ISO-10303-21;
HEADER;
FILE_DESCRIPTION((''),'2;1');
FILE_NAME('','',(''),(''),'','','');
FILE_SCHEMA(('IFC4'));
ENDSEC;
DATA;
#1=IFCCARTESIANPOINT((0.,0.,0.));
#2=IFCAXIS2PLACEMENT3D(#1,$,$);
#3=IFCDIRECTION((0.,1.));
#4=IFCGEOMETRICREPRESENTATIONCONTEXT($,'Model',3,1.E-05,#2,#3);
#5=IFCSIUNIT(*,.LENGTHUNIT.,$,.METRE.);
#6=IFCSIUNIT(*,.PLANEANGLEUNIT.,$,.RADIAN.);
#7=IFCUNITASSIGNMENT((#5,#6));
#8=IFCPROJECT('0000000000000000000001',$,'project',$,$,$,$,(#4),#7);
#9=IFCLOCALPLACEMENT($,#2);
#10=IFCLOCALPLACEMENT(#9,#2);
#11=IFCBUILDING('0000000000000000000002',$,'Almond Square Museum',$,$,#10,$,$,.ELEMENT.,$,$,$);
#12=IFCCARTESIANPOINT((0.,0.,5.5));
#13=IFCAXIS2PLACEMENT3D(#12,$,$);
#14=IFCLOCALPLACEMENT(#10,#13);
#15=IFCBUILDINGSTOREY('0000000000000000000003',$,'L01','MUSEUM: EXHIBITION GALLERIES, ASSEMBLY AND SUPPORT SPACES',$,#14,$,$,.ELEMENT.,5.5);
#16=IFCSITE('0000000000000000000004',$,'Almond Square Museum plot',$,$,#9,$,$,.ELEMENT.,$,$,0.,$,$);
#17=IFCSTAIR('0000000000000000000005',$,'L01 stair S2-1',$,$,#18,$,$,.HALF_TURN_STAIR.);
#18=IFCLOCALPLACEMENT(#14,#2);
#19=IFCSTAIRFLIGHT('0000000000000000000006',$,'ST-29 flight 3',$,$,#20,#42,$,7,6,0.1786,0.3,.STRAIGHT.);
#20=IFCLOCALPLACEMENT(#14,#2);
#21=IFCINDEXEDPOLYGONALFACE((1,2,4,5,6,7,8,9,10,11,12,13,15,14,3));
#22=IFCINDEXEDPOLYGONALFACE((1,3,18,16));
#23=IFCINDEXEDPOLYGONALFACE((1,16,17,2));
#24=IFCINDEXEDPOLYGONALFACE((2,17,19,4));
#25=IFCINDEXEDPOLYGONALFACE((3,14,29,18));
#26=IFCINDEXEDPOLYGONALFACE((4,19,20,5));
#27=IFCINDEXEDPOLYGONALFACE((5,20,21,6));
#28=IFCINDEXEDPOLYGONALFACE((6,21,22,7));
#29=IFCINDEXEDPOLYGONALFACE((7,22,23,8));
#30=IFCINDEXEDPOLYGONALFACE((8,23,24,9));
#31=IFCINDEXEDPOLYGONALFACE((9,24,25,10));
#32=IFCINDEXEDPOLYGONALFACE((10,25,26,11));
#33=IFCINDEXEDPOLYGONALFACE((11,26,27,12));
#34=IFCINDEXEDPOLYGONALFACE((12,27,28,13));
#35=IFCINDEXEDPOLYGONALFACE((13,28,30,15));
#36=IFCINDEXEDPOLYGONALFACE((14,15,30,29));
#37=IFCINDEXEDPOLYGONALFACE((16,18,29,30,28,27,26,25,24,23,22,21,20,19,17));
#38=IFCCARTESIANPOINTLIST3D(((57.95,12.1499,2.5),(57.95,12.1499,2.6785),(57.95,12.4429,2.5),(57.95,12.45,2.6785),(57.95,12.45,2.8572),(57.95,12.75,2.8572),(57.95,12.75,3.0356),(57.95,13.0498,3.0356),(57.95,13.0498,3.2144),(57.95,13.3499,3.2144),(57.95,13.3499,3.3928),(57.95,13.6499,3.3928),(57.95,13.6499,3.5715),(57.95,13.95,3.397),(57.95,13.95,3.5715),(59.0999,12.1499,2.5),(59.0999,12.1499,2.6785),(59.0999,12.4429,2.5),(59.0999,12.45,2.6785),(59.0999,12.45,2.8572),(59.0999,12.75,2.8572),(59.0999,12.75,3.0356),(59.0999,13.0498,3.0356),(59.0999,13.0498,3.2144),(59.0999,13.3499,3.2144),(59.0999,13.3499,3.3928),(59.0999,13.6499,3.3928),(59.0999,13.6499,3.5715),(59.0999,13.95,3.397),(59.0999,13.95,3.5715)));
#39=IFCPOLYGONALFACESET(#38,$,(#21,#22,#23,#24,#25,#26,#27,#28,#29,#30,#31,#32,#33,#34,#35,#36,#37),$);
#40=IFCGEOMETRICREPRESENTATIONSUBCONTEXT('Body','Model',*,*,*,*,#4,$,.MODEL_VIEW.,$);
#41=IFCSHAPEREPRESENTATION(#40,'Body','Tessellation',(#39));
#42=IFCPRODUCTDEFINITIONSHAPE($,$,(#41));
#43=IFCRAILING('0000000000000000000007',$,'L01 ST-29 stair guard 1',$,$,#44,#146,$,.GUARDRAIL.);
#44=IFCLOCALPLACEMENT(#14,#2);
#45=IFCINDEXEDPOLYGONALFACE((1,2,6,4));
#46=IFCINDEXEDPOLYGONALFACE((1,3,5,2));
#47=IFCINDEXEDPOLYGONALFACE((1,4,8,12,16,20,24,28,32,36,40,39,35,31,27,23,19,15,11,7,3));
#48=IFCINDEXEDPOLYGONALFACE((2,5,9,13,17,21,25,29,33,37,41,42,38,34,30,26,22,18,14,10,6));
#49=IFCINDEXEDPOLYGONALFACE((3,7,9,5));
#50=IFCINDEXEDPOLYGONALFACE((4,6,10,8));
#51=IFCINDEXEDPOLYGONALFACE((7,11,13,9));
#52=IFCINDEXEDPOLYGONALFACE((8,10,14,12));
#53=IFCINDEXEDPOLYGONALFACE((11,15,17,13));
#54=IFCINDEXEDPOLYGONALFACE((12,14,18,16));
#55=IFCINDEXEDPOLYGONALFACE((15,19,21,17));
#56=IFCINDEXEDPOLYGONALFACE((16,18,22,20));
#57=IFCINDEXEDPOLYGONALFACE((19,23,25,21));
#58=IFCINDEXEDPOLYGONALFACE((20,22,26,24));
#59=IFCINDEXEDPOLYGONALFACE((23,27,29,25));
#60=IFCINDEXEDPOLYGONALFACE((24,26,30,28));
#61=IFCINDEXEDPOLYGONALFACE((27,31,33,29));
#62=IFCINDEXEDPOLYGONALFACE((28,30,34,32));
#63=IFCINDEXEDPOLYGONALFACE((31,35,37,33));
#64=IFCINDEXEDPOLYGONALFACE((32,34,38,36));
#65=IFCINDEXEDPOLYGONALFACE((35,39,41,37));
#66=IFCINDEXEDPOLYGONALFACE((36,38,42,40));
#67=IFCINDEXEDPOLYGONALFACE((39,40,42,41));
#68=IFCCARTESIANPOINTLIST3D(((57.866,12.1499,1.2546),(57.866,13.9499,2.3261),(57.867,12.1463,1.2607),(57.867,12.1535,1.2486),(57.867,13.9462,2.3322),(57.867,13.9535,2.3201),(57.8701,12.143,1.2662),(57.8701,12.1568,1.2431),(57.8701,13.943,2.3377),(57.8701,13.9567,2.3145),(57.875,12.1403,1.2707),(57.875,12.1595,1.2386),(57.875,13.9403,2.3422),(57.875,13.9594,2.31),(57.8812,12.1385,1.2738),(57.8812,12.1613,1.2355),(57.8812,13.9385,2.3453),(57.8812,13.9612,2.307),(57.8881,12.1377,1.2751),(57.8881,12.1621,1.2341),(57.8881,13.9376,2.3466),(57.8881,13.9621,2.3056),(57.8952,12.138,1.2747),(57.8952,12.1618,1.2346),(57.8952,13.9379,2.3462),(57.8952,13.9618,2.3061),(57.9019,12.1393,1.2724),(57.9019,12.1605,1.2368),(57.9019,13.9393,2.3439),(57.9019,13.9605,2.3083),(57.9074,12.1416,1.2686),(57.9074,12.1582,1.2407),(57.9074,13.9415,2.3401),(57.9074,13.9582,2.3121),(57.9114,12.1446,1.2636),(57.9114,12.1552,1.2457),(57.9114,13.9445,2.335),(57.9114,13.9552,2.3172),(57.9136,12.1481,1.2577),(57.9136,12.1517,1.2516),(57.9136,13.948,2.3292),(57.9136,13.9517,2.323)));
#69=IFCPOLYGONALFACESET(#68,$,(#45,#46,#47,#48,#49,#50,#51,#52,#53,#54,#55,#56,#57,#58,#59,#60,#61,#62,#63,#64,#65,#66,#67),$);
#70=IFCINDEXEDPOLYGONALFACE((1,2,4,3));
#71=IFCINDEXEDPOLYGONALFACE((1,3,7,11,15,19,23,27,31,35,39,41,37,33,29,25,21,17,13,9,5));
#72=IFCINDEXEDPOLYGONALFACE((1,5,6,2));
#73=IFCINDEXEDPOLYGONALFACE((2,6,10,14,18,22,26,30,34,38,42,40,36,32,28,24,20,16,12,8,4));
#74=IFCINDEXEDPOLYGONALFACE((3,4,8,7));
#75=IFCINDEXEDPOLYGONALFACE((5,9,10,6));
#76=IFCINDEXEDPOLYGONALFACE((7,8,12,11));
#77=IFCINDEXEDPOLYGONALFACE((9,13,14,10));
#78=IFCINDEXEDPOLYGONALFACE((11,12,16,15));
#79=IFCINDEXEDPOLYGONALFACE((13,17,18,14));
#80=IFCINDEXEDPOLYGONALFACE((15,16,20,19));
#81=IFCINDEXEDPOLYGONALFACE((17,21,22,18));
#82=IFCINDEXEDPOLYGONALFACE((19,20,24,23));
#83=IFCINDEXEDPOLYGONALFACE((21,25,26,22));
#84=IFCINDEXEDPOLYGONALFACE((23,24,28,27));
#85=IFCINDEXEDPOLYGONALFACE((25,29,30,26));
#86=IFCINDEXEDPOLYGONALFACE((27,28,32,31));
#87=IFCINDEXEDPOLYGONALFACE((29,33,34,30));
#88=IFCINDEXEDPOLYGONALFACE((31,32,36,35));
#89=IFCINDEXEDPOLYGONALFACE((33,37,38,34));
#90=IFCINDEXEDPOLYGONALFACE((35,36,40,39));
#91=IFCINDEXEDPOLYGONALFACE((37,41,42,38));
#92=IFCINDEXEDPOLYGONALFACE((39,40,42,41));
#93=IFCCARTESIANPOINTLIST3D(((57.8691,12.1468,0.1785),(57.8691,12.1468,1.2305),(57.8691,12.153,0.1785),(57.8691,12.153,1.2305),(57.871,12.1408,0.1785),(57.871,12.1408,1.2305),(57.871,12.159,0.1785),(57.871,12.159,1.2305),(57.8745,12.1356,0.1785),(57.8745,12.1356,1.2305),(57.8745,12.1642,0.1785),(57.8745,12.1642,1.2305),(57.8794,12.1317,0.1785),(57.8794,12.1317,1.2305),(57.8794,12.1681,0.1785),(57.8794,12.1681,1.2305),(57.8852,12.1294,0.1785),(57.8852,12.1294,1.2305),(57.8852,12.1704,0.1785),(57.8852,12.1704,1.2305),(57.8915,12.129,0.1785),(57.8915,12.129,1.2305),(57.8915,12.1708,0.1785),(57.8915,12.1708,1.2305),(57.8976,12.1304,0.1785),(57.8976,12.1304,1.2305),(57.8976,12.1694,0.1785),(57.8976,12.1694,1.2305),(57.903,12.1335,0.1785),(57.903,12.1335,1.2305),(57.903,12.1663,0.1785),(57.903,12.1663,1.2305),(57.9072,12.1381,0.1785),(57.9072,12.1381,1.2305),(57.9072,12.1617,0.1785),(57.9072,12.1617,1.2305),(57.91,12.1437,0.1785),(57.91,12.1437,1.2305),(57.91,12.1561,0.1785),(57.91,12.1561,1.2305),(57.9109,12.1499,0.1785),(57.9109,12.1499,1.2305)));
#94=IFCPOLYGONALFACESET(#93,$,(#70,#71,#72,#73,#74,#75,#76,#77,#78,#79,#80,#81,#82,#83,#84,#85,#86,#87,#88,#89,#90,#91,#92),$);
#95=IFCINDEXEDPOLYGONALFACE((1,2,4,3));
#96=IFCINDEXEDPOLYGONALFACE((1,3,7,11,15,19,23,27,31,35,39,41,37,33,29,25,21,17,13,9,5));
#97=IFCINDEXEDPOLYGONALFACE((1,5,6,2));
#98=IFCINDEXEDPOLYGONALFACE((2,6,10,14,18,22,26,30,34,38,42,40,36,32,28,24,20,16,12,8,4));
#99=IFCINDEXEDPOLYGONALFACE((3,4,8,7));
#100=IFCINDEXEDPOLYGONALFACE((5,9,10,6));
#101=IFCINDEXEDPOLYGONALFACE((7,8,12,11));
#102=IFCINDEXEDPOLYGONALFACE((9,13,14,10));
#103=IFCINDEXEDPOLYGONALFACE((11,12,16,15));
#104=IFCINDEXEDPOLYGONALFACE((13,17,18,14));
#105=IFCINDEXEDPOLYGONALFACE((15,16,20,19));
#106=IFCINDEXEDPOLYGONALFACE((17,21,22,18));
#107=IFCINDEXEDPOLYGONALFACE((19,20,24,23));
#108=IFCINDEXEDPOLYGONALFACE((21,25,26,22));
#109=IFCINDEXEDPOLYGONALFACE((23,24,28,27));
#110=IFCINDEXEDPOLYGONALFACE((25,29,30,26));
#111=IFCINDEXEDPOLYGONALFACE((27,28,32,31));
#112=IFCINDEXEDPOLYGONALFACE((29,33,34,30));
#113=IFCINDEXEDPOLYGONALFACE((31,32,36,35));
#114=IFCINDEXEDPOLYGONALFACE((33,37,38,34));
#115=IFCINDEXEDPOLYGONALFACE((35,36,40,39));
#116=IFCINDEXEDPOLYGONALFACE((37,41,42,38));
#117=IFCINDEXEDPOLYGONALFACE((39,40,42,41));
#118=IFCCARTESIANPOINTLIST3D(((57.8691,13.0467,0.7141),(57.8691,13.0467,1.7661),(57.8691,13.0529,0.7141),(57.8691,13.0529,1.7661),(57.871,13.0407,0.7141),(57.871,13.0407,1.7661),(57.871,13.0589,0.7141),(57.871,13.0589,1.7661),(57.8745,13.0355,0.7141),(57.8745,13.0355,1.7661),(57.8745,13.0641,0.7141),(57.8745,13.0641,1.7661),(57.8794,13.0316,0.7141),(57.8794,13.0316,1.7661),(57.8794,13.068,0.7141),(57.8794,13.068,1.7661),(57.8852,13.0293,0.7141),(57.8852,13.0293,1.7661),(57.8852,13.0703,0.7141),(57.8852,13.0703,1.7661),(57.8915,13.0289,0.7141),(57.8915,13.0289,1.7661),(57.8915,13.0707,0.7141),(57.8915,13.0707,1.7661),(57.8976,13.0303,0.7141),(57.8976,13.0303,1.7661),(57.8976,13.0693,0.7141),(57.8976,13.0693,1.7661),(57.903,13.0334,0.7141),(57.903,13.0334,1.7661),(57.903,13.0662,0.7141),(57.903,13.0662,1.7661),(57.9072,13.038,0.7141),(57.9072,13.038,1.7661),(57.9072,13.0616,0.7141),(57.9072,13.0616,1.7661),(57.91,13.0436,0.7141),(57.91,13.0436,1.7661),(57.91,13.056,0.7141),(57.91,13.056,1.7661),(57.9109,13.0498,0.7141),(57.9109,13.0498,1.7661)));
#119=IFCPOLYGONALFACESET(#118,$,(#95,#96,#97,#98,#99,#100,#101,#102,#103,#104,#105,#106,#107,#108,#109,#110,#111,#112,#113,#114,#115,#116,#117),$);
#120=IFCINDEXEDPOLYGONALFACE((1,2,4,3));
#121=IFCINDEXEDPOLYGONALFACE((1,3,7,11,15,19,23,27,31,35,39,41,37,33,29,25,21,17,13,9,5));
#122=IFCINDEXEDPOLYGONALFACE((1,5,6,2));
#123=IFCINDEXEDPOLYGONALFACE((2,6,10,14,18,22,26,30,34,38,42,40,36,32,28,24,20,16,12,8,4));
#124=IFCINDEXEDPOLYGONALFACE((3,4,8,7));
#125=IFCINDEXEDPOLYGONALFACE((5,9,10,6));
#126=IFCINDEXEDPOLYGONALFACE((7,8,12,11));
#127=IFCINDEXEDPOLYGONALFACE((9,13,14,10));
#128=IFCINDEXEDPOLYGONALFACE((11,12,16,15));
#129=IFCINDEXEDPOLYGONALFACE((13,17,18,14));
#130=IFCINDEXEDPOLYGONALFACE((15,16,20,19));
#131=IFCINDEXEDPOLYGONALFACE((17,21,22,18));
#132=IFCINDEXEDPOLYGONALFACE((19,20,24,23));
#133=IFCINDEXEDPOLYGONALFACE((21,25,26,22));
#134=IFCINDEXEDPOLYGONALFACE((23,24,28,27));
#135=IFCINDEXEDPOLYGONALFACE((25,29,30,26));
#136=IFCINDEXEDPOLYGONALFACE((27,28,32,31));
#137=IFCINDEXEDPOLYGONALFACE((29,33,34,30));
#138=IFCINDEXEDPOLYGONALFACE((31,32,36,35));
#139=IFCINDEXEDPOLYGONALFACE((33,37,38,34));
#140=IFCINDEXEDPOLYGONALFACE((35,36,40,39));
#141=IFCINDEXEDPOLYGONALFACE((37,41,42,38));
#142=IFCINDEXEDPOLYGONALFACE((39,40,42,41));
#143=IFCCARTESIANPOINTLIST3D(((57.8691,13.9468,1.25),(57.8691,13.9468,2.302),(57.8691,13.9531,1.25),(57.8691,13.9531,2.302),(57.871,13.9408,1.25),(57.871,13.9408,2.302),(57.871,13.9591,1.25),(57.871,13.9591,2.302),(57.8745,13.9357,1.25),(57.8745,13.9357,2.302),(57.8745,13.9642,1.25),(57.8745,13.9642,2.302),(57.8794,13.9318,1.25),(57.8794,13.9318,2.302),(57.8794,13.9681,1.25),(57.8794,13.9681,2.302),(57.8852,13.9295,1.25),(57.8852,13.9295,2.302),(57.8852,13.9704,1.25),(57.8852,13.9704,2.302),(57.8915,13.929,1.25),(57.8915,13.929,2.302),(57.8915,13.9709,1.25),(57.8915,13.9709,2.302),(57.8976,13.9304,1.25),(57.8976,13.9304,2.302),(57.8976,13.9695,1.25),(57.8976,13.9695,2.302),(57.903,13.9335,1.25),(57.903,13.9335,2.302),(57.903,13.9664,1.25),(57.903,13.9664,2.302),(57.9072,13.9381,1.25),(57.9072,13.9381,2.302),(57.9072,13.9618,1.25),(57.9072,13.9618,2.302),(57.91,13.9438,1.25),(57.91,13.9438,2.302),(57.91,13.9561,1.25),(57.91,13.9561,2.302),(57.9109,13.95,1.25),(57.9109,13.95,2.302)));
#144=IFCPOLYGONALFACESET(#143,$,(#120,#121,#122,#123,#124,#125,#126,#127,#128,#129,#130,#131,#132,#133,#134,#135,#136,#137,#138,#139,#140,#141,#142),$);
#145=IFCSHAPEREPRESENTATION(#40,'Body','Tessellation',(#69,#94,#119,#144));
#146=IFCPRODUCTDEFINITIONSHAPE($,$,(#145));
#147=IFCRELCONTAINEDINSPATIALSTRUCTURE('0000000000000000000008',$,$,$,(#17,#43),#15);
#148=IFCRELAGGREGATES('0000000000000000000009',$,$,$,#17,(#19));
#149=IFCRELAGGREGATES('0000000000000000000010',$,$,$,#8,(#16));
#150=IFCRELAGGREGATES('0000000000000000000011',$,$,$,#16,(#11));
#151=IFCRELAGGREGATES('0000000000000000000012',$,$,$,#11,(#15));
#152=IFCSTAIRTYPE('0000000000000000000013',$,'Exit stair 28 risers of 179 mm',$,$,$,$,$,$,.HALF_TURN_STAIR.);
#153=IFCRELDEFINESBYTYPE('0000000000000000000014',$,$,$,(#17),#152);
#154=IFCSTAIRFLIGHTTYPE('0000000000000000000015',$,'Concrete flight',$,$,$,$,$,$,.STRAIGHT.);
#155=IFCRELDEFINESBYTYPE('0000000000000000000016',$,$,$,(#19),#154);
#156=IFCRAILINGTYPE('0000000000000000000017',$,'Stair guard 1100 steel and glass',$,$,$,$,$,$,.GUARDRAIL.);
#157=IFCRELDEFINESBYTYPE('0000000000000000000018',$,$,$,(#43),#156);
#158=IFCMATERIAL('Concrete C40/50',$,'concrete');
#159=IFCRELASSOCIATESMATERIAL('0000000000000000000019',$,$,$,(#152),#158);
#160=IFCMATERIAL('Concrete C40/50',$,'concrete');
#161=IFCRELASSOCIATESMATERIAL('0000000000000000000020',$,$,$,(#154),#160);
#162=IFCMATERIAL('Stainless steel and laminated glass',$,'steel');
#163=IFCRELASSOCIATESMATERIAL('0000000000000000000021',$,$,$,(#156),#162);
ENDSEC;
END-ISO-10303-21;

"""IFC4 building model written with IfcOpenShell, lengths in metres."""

from ifc_helpers import new_model, si_unit, direction, frame, origin, origin_2d, place, context, subcontext, project, spatial, polyline, circle, outline, extrude, material, type_object, element, aggregate, save


model = new_model("IFC4")

# Units and contexts
model_context = context("Model", 3, precision=1e-05, world=origin(), true_north=direction((0.0, 1.0)))
body_context = subcontext(model_context, "Body", "Model", "MODEL_VIEW")
ifc_project = project(units=[si_unit("LENGTHUNIT", "METRE"), si_unit("PLANEANGLEUNIT", "RADIAN")], contexts=[model_context])

# Site, building, storey
site_placement = place(None, origin())
site = spatial("IfcSite", under=ifc_project, at=site_placement, Name="Almond Square Museum plot", CompositionType="ELEMENT", RefElevation=0.0)
building_placement = place(site_placement, origin())
building = spatial("IfcBuilding", under=site, at=building_placement, Name="Almond Square Museum", CompositionType="ELEMENT")
storey_placement = place(building_placement, frame((0.0, 0.0, 5.5)))
storey = spatial("IfcBuildingStorey", under=building, at=storey_placement, Name="L01", Description="MUSEUM: EXHIBITION GALLERIES, ASSEMBLY AND SUPPORT SPACES", CompositionType="ELEMENT", Elevation=5.5)

# Stair, stair flight
ifc_material_1 = material(Name="Concrete C40/50", Category="concrete")
stair_type = type_object("IfcStairType", Name="Exit stair 28 risers of 179 mm", PredefinedType="HALF_TURN_STAIR", material=ifc_material_1)
stair_placement = place(storey_placement, origin())
stair = element("IfcStair", 1, at=stair_placement, inside=storey, type_object=stair_type, Name="L01 stair S2-1", PredefinedType="HALF_TURN_STAIR")
ifc_material_2 = material(Name="Concrete C40/50", Category="concrete")
stair_flight_type = type_object("IfcStairFlightType", Name="Concrete flight", PredefinedType="STRAIGHT", material=ifc_material_2)
stair_flight_1_placement = place(storey_placement, frame((58.5249, 12.1499, 2.5), z_axis=(0.0, 0.0, 1.0), x_axis=(0.0, 1.0, 0.0)))
stair_flight_1 = element("IfcStairFlight", 2, at=stair_flight_1_placement, type_object=stair_flight_type, Name="ST-29 flight 3", NumberOfRisers=7, NumberOfTreads=6, PredefinedType="STRAIGHT", RiserHeight=0.1786, TreadLength=0.3, context=body_context, shape_type="SweptSolid", body=[
    extrude(outline(polyline([(0.0, 0.0), (0.0, 0.1785), (0.3, 0.1785), (0.3, 0.3572), (0.6001, 0.3572), (0.6001, 0.5356), (0.8999, 0.5356), (0.8999, 0.7144), (1.2, 0.7144), (1.2, 0.8928), (1.5, 0.8928), (1.5, 1.0715), (1.8, 1.0715), (1.8, 1.25), (1.8, 0.897), (0.293, 0.0), (0.0, 0.0)])), frame((0.0, 0.575, 0.0), z_axis=(0.0, -1.0, 0.0), x_axis=(1.0, 0.0, 0.0)), (0.0, 0.0, 1.0), 1.1499),
])
aggregate(stair, [stair_flight_1])

# Railing
ifc_material_3 = material(Name="Stainless steel and laminated glass", Category="steel")
railing_type_1 = type_object("IfcRailingType", Name="Stair guard 1100 steel and glass", PredefinedType="GUARDRAIL", material=ifc_material_3)
railing_1_placement = place(storey_placement, frame((57.8899, 12.1499, 0.1785)))
element("IfcRailing", 3, at=railing_1_placement, inside=storey, type_object=railing_type_1, Name="L01 ST-29 stair guard 1", PredefinedType="GUARDRAIL", context=body_context, shape_type="SweptSolid", body=[
    extrude(circle(Radius=0.0239, at=origin_2d()), frame((0.0, 0.0, 1.0762), z_axis=(0.0, 0.859277, 0.51151), x_axis=(-1.0, 0.0, 0.0)), (0.0, 0.0, 1.0), 2.0947),
    extrude(circle(Radius=0.021, at=origin_2d()), origin(), (0.0, 0.0, 1.0), 1.052),
    extrude(circle(Radius=0.021, at=origin_2d()), frame((0.0, 0.8999, 0.5356)), (0.0, 0.0, 1.0), 1.052),
    extrude(circle(Radius=0.021, at=origin_2d()), frame((0.0, 1.8, 1.0715)), (0.0, 0.0, 1.0), 1.052),
])

save(model, "model.ifc")
